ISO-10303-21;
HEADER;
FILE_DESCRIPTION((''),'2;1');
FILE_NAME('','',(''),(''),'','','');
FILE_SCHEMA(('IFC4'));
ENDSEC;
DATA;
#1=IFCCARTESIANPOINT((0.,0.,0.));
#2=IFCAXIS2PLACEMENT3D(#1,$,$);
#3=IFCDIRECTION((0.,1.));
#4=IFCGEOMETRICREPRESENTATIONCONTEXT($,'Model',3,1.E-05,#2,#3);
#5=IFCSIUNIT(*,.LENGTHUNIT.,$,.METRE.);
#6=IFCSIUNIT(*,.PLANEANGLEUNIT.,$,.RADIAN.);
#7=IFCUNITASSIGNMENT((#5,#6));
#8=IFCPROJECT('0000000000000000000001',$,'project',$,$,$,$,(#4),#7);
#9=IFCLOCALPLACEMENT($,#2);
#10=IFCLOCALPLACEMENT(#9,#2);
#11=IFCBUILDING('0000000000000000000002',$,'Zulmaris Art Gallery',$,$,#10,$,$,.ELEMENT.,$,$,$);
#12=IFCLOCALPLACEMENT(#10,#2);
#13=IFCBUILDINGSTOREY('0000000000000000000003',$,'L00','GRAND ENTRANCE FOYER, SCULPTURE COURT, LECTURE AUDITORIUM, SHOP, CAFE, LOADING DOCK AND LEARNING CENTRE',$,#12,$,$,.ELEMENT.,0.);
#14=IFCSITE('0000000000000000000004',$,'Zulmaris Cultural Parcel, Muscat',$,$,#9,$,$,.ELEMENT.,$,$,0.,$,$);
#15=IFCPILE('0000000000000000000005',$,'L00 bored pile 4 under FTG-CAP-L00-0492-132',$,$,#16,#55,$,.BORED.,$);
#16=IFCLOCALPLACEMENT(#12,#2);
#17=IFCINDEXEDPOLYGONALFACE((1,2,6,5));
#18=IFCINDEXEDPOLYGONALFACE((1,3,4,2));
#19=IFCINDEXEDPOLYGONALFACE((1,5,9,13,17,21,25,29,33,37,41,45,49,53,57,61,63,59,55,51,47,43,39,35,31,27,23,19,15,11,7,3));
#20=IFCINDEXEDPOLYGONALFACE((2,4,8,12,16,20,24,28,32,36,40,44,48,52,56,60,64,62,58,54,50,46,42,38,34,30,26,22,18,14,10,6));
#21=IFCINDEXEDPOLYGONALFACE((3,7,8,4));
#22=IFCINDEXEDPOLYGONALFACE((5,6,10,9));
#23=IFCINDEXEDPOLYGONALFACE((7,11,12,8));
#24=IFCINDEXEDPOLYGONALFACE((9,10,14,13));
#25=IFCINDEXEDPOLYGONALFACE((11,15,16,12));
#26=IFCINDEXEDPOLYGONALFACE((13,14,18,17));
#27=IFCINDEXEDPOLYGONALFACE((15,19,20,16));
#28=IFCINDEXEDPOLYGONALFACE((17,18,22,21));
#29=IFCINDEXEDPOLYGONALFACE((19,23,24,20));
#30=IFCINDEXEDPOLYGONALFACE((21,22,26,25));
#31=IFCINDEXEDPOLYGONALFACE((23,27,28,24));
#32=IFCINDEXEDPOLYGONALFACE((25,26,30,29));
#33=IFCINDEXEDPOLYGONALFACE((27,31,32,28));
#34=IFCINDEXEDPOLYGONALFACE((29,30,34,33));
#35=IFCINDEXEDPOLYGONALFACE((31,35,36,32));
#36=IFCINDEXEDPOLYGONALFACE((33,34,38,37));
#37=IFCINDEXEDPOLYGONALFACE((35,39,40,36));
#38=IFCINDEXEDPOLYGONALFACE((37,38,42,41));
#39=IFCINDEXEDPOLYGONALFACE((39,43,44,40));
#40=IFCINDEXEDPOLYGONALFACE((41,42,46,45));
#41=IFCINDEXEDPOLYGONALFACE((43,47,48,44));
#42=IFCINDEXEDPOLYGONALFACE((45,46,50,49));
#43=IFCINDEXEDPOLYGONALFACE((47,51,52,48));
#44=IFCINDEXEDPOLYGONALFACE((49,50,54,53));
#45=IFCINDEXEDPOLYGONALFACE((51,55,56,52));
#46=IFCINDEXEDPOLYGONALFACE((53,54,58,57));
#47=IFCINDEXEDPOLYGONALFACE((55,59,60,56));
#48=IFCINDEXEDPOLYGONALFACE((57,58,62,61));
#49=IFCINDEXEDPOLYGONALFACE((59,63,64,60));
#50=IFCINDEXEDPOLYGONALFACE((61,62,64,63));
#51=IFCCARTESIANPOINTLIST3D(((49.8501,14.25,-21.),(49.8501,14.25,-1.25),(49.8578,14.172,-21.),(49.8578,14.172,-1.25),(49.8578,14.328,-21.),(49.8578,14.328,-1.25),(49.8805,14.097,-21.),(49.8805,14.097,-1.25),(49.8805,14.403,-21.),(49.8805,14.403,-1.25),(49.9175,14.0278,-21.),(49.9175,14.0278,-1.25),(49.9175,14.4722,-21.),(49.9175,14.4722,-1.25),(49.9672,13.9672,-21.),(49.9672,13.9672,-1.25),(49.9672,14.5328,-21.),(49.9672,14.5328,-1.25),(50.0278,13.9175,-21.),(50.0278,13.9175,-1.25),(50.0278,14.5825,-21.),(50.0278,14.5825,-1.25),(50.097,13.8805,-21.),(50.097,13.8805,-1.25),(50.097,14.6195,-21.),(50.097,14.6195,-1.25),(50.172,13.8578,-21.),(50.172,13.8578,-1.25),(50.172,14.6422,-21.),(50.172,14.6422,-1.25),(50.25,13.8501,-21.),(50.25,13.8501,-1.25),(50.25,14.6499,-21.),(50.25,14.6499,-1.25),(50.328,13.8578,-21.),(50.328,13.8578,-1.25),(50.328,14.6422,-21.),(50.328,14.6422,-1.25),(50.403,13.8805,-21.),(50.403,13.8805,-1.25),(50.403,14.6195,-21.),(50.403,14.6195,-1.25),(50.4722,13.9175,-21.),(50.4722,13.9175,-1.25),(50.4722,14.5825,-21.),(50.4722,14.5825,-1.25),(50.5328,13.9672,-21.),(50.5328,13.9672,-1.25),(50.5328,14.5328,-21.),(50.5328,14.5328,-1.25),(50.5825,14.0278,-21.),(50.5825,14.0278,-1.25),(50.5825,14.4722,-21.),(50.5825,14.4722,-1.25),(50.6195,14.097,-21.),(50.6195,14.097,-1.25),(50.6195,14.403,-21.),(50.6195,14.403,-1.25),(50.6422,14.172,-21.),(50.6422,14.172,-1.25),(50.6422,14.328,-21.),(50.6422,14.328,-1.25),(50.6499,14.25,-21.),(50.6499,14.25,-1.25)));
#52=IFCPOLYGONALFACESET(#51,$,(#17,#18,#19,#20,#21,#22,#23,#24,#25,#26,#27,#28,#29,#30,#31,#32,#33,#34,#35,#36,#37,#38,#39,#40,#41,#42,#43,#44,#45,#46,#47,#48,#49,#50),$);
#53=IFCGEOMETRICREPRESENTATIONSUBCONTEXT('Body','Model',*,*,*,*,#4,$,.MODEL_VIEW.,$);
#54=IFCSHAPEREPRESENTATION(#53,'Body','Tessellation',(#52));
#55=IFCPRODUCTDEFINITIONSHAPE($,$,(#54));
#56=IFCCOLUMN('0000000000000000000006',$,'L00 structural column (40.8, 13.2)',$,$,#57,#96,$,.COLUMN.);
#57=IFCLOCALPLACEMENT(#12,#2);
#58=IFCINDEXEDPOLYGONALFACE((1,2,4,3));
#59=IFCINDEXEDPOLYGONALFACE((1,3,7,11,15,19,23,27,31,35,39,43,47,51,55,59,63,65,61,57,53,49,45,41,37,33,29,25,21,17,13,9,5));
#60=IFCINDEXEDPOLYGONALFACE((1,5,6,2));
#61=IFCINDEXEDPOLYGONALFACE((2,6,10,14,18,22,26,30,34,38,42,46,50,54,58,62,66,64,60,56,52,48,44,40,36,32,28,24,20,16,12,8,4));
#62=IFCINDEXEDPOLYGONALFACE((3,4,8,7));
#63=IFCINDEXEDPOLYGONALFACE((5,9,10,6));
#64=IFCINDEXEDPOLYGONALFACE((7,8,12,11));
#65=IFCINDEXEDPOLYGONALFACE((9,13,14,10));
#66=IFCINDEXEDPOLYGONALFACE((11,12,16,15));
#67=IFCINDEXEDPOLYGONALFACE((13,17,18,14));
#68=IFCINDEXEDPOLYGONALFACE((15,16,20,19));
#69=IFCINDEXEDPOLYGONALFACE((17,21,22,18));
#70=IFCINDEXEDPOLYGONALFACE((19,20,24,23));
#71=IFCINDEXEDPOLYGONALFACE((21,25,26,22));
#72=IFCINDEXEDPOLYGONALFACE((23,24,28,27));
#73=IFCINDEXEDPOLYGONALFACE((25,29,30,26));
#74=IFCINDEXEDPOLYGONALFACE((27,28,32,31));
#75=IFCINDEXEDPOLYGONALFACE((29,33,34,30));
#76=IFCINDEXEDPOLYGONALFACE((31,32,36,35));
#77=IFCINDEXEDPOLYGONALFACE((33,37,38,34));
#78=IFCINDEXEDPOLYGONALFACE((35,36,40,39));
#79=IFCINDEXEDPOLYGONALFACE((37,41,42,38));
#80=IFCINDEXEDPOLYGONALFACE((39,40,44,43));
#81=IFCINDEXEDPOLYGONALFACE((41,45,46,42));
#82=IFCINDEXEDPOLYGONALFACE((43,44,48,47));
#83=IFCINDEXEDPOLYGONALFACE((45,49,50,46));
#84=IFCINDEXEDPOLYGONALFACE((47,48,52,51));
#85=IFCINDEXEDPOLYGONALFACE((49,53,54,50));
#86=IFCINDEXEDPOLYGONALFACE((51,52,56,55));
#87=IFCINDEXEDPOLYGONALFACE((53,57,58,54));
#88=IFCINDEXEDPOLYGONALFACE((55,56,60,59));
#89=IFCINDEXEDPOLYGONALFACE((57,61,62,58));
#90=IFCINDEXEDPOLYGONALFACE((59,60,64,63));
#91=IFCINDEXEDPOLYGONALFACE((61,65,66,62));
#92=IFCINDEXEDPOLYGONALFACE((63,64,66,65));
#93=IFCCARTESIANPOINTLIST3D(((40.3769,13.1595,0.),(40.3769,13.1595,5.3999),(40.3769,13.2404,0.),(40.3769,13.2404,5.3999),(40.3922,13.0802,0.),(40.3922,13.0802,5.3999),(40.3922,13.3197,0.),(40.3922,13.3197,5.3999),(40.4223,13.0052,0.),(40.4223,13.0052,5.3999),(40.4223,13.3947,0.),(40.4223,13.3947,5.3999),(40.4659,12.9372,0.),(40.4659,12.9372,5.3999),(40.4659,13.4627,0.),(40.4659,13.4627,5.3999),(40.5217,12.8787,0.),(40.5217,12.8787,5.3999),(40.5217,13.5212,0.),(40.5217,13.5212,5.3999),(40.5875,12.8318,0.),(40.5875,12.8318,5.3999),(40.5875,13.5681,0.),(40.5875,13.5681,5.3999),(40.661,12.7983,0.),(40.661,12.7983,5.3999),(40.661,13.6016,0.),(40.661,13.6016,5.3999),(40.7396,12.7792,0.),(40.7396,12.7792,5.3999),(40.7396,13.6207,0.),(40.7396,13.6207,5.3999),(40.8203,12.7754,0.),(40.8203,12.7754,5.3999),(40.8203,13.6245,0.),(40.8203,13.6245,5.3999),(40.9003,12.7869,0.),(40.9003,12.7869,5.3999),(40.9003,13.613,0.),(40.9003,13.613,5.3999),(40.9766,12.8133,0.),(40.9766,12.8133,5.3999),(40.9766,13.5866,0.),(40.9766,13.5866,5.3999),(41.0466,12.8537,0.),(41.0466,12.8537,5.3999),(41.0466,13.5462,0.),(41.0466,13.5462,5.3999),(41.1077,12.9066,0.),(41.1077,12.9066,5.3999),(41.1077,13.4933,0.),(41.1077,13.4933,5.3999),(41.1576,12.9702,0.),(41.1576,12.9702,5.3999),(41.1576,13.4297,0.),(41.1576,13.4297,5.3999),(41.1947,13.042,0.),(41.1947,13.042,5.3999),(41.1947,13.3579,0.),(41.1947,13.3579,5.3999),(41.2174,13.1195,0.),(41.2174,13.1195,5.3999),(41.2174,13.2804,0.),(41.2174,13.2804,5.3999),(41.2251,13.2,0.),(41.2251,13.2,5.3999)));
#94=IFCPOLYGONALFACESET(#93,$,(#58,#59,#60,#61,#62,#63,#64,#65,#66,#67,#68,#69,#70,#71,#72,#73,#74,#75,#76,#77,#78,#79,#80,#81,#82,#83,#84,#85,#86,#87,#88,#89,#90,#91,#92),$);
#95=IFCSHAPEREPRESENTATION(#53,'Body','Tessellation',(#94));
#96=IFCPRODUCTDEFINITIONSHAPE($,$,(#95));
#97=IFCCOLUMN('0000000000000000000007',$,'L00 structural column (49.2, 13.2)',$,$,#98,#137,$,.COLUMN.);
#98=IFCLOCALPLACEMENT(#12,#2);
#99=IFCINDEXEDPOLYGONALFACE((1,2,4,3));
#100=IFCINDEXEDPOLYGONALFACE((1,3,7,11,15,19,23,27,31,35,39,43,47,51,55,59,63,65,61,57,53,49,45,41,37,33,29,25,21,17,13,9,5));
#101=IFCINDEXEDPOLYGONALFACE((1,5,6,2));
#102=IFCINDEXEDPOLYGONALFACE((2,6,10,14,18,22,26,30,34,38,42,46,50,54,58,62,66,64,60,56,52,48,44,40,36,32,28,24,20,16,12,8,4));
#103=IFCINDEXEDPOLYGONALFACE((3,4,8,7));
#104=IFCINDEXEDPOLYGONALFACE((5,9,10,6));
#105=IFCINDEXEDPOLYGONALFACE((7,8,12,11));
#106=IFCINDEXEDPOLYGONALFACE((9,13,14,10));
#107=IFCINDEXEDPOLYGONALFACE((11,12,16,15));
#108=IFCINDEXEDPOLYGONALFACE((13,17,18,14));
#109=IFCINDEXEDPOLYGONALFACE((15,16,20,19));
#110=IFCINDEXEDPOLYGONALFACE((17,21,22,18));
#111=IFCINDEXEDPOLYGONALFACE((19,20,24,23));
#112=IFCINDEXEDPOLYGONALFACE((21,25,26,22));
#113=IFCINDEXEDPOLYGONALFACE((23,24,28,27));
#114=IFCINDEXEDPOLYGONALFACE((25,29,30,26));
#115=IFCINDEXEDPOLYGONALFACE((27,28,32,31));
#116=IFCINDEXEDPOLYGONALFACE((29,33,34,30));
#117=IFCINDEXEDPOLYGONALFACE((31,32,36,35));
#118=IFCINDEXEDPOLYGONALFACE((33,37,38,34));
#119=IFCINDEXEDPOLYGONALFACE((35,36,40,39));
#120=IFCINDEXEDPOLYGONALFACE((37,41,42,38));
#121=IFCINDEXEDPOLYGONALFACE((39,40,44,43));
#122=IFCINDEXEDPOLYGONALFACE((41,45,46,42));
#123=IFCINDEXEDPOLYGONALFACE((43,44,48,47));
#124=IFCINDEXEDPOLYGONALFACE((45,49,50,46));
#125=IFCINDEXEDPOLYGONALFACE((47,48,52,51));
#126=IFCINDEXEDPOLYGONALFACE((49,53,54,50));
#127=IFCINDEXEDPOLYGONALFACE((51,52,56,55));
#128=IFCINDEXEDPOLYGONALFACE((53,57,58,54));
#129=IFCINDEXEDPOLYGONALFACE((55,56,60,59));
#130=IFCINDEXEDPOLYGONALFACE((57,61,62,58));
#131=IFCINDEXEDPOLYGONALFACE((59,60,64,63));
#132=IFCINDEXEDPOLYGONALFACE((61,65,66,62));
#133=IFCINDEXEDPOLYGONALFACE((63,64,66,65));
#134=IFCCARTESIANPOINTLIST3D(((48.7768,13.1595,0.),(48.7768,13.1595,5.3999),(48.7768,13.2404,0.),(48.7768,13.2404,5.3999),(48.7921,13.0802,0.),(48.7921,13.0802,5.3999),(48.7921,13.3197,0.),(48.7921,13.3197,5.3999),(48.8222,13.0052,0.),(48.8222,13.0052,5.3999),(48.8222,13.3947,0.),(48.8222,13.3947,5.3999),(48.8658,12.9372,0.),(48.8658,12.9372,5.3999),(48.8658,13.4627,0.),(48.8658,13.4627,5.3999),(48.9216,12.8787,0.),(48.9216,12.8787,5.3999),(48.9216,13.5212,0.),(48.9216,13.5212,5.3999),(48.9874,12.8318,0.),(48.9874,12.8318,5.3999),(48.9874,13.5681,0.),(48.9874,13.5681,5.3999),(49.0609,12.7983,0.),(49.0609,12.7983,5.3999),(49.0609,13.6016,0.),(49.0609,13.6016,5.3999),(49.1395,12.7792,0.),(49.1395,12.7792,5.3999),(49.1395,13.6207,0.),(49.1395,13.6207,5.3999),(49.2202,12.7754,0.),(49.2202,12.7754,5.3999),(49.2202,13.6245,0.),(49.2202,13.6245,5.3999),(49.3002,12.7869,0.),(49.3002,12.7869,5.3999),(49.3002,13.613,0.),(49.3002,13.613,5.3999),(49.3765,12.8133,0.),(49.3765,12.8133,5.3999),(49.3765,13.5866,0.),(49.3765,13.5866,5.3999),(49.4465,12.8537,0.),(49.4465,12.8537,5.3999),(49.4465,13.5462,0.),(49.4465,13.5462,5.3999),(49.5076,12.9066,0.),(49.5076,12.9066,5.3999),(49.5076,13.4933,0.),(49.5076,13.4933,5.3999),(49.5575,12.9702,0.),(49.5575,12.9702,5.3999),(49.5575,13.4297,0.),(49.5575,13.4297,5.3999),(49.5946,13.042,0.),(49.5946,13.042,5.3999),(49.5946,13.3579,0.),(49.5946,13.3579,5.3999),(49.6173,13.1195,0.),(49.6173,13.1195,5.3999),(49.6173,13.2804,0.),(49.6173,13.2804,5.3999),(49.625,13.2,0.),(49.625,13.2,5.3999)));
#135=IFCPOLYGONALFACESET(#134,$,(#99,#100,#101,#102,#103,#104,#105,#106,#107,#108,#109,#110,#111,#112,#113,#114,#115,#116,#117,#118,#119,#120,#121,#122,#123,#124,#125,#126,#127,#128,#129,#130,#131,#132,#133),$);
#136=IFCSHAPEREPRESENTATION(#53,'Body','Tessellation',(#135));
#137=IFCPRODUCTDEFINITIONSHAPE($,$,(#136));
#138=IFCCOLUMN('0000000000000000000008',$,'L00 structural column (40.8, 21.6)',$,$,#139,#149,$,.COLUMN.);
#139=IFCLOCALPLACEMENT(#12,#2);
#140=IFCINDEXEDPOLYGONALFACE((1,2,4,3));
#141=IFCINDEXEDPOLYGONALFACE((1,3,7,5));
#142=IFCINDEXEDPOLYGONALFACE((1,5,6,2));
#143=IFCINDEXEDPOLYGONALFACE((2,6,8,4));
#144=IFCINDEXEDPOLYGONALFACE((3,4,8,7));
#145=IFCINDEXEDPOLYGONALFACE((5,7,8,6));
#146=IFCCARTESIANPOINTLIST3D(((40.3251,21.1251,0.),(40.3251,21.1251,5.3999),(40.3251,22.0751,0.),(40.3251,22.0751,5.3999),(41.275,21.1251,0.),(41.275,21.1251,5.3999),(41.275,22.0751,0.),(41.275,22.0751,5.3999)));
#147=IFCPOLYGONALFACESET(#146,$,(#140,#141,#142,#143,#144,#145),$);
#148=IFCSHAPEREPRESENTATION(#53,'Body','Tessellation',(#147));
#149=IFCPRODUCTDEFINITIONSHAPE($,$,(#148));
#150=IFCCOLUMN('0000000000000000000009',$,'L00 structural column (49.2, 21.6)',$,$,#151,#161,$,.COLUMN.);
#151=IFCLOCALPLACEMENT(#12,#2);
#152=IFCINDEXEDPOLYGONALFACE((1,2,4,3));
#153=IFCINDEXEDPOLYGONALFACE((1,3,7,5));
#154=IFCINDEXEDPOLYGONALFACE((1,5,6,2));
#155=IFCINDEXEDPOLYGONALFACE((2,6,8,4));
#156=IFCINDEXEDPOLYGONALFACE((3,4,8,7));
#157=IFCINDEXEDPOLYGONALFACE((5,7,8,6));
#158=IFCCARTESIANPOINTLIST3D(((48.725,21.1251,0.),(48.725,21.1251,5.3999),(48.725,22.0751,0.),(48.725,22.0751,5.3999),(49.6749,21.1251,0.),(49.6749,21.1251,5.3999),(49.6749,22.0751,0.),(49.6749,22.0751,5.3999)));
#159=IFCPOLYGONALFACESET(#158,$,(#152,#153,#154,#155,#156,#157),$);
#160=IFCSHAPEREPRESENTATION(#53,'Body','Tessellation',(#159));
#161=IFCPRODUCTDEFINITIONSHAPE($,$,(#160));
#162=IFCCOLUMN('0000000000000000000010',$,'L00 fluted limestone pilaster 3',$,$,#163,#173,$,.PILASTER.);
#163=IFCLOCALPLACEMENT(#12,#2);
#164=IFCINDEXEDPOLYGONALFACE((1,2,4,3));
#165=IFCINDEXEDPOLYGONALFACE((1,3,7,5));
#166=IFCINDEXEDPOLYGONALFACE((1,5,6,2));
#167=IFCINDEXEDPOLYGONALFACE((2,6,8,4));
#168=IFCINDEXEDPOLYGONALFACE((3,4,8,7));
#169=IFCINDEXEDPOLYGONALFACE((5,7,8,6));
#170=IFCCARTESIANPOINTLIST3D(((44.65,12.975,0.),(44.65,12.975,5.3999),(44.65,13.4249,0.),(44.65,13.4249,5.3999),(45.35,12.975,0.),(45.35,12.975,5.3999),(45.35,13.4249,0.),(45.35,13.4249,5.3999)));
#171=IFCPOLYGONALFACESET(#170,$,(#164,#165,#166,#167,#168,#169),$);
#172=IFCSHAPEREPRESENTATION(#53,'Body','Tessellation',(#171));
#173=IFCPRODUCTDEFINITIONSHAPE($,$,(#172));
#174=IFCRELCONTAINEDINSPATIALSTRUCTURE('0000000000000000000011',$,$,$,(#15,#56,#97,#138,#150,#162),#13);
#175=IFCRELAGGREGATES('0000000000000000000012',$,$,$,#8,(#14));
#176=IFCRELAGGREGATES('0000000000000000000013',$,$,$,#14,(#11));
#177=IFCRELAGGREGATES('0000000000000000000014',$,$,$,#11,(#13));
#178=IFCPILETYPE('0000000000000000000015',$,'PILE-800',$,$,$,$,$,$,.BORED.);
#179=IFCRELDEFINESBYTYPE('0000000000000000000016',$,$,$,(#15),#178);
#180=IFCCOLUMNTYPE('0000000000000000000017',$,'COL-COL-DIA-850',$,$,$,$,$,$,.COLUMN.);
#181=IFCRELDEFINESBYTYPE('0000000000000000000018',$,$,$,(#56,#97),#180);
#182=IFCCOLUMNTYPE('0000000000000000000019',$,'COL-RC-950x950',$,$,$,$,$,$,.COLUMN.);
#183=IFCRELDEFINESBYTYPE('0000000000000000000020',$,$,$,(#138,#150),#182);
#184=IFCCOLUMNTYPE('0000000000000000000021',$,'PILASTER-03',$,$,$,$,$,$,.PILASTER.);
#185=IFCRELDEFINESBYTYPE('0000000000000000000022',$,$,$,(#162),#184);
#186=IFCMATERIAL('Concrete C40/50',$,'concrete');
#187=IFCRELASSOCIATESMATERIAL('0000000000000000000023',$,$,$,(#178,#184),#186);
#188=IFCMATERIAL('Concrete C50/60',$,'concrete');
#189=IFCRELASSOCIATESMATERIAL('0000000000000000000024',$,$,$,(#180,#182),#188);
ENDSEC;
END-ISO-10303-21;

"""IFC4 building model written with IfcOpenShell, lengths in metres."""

from ifc_helpers import new_model, si_unit, direction, frame, origin, origin_2d, place, context, subcontext, project, spatial, rectangle, circle, extrude, material, material_profile, profile_set, type_object, element, save


model = new_model("IFC4")

# Units and contexts
model_context = context("Model", 3, precision=1e-05, world=origin(), true_north=direction((0.0, 1.0)))
body_context = subcontext(model_context, "Body", "Model", "MODEL_VIEW")
ifc_project = project(units=[si_unit("LENGTHUNIT", "METRE"), si_unit("PLANEANGLEUNIT", "RADIAN")], contexts=[model_context])

# Site, building, storey
site_placement = place(None, origin())
site = spatial("IfcSite", under=ifc_project, at=site_placement, Name="Zulmaris Cultural Parcel, Muscat", CompositionType="ELEMENT", RefElevation=0.0)
building_placement = place(site_placement, origin())
building = spatial("IfcBuilding", under=site, at=building_placement, Name="Zulmaris Art Gallery", CompositionType="ELEMENT")
storey_placement = place(building_placement, origin())
storey = spatial("IfcBuildingStorey", under=building, at=storey_placement, Name="L00", Description="GRAND ENTRANCE FOYER, SCULPTURE COURT, LECTURE AUDITORIUM, SHOP, CAFE, LOADING DOCK AND LEARNING CENTRE", CompositionType="ELEMENT", Elevation=0.0)

# Pile
ifc_material_1 = material(Name="Concrete C40/50", Category="concrete")
ifc_material_profile_1 = material_profile(ifc_material_1, circle(Radius=0.3999, at=origin_2d()), Name="PILE DIA 800")
ifc_profile_set_1 = profile_set([ifc_material_profile_1], Name="Concrete C40/50")
pile_type_1 = type_object("IfcPileType", Name="PILE-800", PredefinedType="BORED", material=ifc_profile_set_1)
for number, where, z_axis, x_axis, name in (
    (1, (50.25, 14.25, -1.25), (0.0, 0.0, -1.0), (1.0, 0.0, 0.0), "L00 bored pile 4 under FTG-CAP-L00-0492-132"),
):
    element("IfcPile", number, at=place(storey_placement, frame(where, z_axis=z_axis, x_axis=x_axis)), inside=storey, type_object=pile_type_1, Name=name, PredefinedType="BORED", context=body_context, shape_type="SweptSolid", body=[
        extrude(circle(Radius=0.3999, at=origin_2d()), origin(), (0.0, 0.0, 1.0), 19.75),
    ])

# Columns
ifc_material_2 = material(Name="Concrete C50/60", Category="concrete")
ifc_material_profile_2 = material_profile(ifc_material_2, circle(Radius=0.425, at=origin_2d()), Name="COL DIA 850")
ifc_profile_set_2 = profile_set([ifc_material_profile_2], Name="Concrete C50/60")
column_type_1 = type_object("IfcColumnType", Name="COL-COL-DIA-850", PredefinedType="COLUMN", material=ifc_profile_set_2)
for number, where, z_axis, x_axis, name in (
    (2, (40.8, 13.2, 0.0), (0.0, 0.0, 1.0), (1.0, 0.0, 0.0), "L00 structural column (40.8, 13.2)"),
    (3, (49.2, 13.2, 0.0), (0.0, 0.0, 1.0), (1.0, 0.0, 0.0), "L00 structural column (49.2, 13.2)"),
):
    element("IfcColumn", number, at=place(storey_placement, frame(where, z_axis=z_axis, x_axis=x_axis)), inside=storey, type_object=column_type_1, Name=name, PredefinedType="COLUMN", context=body_context, shape_type="SweptSolid", body=[
        extrude(circle(Radius=0.425, at=origin_2d()), origin(), (0.0, 0.0, 1.0), 5.3999),
    ])
ifc_material_profile_3 = material_profile(ifc_material_2, rectangle(XDim=0.95, YDim=0.95, at=origin_2d()), Name="RC 950x950")
ifc_profile_set_3 = profile_set([ifc_material_profile_3], Name="Concrete C50/60")
column_type_2 = type_object("IfcColumnType", Name="COL-RC-950x950", PredefinedType="COLUMN", material=ifc_profile_set_3)
for number, where, z_axis, x_axis, name in (
    (4, (40.8, 21.6001, 0.0), (0.0, 0.0, 1.0), (1.0, 0.0, 0.0), "L00 structural column (40.8, 21.6)"),
    (5, (49.2, 21.6001, 0.0), (0.0, 0.0, 1.0), (1.0, 0.0, 0.0), "L00 structural column (49.2, 21.6)"),
):
    element("IfcColumn", number, at=place(storey_placement, frame(where, z_axis=z_axis, x_axis=x_axis)), inside=storey, type_object=column_type_2, Name=name, PredefinedType="COLUMN", context=body_context, shape_type="SweptSolid", body=[
        extrude(rectangle(XDim=0.95, YDim=0.95, at=origin_2d()), origin(), (0.0, 0.0, 1.0), 5.3999),
    ])
ifc_material_profile_4 = material_profile(ifc_material_1, rectangle(XDim=0.7, YDim=0.45, at=origin_2d()), Name="PIL 700x450")
ifc_profile_set_4 = profile_set([ifc_material_profile_4], Name="Concrete C40/50")
column_type_3 = type_object("IfcColumnType", Name="PILASTER-03", PredefinedType="PILASTER", material=ifc_profile_set_4)
column_placement = place(storey_placement, frame((45.0, 13.2, 0.0), z_axis=(0.0, 0.0, 1.0), x_axis=(1.0, 0.0, 0.0)))
element("IfcColumn", 6, at=column_placement, inside=storey, type_object=column_type_3, Name="L00 fluted limestone pilaster 3", PredefinedType="PILASTER", context=body_context, shape_type="SweptSolid", body=[
    extrude(rectangle(XDim=0.7, YDim=0.45, at=origin_2d()), origin(), (0.0, 0.0, 1.0), 5.3999),
])

save(model, "model.ifc")
